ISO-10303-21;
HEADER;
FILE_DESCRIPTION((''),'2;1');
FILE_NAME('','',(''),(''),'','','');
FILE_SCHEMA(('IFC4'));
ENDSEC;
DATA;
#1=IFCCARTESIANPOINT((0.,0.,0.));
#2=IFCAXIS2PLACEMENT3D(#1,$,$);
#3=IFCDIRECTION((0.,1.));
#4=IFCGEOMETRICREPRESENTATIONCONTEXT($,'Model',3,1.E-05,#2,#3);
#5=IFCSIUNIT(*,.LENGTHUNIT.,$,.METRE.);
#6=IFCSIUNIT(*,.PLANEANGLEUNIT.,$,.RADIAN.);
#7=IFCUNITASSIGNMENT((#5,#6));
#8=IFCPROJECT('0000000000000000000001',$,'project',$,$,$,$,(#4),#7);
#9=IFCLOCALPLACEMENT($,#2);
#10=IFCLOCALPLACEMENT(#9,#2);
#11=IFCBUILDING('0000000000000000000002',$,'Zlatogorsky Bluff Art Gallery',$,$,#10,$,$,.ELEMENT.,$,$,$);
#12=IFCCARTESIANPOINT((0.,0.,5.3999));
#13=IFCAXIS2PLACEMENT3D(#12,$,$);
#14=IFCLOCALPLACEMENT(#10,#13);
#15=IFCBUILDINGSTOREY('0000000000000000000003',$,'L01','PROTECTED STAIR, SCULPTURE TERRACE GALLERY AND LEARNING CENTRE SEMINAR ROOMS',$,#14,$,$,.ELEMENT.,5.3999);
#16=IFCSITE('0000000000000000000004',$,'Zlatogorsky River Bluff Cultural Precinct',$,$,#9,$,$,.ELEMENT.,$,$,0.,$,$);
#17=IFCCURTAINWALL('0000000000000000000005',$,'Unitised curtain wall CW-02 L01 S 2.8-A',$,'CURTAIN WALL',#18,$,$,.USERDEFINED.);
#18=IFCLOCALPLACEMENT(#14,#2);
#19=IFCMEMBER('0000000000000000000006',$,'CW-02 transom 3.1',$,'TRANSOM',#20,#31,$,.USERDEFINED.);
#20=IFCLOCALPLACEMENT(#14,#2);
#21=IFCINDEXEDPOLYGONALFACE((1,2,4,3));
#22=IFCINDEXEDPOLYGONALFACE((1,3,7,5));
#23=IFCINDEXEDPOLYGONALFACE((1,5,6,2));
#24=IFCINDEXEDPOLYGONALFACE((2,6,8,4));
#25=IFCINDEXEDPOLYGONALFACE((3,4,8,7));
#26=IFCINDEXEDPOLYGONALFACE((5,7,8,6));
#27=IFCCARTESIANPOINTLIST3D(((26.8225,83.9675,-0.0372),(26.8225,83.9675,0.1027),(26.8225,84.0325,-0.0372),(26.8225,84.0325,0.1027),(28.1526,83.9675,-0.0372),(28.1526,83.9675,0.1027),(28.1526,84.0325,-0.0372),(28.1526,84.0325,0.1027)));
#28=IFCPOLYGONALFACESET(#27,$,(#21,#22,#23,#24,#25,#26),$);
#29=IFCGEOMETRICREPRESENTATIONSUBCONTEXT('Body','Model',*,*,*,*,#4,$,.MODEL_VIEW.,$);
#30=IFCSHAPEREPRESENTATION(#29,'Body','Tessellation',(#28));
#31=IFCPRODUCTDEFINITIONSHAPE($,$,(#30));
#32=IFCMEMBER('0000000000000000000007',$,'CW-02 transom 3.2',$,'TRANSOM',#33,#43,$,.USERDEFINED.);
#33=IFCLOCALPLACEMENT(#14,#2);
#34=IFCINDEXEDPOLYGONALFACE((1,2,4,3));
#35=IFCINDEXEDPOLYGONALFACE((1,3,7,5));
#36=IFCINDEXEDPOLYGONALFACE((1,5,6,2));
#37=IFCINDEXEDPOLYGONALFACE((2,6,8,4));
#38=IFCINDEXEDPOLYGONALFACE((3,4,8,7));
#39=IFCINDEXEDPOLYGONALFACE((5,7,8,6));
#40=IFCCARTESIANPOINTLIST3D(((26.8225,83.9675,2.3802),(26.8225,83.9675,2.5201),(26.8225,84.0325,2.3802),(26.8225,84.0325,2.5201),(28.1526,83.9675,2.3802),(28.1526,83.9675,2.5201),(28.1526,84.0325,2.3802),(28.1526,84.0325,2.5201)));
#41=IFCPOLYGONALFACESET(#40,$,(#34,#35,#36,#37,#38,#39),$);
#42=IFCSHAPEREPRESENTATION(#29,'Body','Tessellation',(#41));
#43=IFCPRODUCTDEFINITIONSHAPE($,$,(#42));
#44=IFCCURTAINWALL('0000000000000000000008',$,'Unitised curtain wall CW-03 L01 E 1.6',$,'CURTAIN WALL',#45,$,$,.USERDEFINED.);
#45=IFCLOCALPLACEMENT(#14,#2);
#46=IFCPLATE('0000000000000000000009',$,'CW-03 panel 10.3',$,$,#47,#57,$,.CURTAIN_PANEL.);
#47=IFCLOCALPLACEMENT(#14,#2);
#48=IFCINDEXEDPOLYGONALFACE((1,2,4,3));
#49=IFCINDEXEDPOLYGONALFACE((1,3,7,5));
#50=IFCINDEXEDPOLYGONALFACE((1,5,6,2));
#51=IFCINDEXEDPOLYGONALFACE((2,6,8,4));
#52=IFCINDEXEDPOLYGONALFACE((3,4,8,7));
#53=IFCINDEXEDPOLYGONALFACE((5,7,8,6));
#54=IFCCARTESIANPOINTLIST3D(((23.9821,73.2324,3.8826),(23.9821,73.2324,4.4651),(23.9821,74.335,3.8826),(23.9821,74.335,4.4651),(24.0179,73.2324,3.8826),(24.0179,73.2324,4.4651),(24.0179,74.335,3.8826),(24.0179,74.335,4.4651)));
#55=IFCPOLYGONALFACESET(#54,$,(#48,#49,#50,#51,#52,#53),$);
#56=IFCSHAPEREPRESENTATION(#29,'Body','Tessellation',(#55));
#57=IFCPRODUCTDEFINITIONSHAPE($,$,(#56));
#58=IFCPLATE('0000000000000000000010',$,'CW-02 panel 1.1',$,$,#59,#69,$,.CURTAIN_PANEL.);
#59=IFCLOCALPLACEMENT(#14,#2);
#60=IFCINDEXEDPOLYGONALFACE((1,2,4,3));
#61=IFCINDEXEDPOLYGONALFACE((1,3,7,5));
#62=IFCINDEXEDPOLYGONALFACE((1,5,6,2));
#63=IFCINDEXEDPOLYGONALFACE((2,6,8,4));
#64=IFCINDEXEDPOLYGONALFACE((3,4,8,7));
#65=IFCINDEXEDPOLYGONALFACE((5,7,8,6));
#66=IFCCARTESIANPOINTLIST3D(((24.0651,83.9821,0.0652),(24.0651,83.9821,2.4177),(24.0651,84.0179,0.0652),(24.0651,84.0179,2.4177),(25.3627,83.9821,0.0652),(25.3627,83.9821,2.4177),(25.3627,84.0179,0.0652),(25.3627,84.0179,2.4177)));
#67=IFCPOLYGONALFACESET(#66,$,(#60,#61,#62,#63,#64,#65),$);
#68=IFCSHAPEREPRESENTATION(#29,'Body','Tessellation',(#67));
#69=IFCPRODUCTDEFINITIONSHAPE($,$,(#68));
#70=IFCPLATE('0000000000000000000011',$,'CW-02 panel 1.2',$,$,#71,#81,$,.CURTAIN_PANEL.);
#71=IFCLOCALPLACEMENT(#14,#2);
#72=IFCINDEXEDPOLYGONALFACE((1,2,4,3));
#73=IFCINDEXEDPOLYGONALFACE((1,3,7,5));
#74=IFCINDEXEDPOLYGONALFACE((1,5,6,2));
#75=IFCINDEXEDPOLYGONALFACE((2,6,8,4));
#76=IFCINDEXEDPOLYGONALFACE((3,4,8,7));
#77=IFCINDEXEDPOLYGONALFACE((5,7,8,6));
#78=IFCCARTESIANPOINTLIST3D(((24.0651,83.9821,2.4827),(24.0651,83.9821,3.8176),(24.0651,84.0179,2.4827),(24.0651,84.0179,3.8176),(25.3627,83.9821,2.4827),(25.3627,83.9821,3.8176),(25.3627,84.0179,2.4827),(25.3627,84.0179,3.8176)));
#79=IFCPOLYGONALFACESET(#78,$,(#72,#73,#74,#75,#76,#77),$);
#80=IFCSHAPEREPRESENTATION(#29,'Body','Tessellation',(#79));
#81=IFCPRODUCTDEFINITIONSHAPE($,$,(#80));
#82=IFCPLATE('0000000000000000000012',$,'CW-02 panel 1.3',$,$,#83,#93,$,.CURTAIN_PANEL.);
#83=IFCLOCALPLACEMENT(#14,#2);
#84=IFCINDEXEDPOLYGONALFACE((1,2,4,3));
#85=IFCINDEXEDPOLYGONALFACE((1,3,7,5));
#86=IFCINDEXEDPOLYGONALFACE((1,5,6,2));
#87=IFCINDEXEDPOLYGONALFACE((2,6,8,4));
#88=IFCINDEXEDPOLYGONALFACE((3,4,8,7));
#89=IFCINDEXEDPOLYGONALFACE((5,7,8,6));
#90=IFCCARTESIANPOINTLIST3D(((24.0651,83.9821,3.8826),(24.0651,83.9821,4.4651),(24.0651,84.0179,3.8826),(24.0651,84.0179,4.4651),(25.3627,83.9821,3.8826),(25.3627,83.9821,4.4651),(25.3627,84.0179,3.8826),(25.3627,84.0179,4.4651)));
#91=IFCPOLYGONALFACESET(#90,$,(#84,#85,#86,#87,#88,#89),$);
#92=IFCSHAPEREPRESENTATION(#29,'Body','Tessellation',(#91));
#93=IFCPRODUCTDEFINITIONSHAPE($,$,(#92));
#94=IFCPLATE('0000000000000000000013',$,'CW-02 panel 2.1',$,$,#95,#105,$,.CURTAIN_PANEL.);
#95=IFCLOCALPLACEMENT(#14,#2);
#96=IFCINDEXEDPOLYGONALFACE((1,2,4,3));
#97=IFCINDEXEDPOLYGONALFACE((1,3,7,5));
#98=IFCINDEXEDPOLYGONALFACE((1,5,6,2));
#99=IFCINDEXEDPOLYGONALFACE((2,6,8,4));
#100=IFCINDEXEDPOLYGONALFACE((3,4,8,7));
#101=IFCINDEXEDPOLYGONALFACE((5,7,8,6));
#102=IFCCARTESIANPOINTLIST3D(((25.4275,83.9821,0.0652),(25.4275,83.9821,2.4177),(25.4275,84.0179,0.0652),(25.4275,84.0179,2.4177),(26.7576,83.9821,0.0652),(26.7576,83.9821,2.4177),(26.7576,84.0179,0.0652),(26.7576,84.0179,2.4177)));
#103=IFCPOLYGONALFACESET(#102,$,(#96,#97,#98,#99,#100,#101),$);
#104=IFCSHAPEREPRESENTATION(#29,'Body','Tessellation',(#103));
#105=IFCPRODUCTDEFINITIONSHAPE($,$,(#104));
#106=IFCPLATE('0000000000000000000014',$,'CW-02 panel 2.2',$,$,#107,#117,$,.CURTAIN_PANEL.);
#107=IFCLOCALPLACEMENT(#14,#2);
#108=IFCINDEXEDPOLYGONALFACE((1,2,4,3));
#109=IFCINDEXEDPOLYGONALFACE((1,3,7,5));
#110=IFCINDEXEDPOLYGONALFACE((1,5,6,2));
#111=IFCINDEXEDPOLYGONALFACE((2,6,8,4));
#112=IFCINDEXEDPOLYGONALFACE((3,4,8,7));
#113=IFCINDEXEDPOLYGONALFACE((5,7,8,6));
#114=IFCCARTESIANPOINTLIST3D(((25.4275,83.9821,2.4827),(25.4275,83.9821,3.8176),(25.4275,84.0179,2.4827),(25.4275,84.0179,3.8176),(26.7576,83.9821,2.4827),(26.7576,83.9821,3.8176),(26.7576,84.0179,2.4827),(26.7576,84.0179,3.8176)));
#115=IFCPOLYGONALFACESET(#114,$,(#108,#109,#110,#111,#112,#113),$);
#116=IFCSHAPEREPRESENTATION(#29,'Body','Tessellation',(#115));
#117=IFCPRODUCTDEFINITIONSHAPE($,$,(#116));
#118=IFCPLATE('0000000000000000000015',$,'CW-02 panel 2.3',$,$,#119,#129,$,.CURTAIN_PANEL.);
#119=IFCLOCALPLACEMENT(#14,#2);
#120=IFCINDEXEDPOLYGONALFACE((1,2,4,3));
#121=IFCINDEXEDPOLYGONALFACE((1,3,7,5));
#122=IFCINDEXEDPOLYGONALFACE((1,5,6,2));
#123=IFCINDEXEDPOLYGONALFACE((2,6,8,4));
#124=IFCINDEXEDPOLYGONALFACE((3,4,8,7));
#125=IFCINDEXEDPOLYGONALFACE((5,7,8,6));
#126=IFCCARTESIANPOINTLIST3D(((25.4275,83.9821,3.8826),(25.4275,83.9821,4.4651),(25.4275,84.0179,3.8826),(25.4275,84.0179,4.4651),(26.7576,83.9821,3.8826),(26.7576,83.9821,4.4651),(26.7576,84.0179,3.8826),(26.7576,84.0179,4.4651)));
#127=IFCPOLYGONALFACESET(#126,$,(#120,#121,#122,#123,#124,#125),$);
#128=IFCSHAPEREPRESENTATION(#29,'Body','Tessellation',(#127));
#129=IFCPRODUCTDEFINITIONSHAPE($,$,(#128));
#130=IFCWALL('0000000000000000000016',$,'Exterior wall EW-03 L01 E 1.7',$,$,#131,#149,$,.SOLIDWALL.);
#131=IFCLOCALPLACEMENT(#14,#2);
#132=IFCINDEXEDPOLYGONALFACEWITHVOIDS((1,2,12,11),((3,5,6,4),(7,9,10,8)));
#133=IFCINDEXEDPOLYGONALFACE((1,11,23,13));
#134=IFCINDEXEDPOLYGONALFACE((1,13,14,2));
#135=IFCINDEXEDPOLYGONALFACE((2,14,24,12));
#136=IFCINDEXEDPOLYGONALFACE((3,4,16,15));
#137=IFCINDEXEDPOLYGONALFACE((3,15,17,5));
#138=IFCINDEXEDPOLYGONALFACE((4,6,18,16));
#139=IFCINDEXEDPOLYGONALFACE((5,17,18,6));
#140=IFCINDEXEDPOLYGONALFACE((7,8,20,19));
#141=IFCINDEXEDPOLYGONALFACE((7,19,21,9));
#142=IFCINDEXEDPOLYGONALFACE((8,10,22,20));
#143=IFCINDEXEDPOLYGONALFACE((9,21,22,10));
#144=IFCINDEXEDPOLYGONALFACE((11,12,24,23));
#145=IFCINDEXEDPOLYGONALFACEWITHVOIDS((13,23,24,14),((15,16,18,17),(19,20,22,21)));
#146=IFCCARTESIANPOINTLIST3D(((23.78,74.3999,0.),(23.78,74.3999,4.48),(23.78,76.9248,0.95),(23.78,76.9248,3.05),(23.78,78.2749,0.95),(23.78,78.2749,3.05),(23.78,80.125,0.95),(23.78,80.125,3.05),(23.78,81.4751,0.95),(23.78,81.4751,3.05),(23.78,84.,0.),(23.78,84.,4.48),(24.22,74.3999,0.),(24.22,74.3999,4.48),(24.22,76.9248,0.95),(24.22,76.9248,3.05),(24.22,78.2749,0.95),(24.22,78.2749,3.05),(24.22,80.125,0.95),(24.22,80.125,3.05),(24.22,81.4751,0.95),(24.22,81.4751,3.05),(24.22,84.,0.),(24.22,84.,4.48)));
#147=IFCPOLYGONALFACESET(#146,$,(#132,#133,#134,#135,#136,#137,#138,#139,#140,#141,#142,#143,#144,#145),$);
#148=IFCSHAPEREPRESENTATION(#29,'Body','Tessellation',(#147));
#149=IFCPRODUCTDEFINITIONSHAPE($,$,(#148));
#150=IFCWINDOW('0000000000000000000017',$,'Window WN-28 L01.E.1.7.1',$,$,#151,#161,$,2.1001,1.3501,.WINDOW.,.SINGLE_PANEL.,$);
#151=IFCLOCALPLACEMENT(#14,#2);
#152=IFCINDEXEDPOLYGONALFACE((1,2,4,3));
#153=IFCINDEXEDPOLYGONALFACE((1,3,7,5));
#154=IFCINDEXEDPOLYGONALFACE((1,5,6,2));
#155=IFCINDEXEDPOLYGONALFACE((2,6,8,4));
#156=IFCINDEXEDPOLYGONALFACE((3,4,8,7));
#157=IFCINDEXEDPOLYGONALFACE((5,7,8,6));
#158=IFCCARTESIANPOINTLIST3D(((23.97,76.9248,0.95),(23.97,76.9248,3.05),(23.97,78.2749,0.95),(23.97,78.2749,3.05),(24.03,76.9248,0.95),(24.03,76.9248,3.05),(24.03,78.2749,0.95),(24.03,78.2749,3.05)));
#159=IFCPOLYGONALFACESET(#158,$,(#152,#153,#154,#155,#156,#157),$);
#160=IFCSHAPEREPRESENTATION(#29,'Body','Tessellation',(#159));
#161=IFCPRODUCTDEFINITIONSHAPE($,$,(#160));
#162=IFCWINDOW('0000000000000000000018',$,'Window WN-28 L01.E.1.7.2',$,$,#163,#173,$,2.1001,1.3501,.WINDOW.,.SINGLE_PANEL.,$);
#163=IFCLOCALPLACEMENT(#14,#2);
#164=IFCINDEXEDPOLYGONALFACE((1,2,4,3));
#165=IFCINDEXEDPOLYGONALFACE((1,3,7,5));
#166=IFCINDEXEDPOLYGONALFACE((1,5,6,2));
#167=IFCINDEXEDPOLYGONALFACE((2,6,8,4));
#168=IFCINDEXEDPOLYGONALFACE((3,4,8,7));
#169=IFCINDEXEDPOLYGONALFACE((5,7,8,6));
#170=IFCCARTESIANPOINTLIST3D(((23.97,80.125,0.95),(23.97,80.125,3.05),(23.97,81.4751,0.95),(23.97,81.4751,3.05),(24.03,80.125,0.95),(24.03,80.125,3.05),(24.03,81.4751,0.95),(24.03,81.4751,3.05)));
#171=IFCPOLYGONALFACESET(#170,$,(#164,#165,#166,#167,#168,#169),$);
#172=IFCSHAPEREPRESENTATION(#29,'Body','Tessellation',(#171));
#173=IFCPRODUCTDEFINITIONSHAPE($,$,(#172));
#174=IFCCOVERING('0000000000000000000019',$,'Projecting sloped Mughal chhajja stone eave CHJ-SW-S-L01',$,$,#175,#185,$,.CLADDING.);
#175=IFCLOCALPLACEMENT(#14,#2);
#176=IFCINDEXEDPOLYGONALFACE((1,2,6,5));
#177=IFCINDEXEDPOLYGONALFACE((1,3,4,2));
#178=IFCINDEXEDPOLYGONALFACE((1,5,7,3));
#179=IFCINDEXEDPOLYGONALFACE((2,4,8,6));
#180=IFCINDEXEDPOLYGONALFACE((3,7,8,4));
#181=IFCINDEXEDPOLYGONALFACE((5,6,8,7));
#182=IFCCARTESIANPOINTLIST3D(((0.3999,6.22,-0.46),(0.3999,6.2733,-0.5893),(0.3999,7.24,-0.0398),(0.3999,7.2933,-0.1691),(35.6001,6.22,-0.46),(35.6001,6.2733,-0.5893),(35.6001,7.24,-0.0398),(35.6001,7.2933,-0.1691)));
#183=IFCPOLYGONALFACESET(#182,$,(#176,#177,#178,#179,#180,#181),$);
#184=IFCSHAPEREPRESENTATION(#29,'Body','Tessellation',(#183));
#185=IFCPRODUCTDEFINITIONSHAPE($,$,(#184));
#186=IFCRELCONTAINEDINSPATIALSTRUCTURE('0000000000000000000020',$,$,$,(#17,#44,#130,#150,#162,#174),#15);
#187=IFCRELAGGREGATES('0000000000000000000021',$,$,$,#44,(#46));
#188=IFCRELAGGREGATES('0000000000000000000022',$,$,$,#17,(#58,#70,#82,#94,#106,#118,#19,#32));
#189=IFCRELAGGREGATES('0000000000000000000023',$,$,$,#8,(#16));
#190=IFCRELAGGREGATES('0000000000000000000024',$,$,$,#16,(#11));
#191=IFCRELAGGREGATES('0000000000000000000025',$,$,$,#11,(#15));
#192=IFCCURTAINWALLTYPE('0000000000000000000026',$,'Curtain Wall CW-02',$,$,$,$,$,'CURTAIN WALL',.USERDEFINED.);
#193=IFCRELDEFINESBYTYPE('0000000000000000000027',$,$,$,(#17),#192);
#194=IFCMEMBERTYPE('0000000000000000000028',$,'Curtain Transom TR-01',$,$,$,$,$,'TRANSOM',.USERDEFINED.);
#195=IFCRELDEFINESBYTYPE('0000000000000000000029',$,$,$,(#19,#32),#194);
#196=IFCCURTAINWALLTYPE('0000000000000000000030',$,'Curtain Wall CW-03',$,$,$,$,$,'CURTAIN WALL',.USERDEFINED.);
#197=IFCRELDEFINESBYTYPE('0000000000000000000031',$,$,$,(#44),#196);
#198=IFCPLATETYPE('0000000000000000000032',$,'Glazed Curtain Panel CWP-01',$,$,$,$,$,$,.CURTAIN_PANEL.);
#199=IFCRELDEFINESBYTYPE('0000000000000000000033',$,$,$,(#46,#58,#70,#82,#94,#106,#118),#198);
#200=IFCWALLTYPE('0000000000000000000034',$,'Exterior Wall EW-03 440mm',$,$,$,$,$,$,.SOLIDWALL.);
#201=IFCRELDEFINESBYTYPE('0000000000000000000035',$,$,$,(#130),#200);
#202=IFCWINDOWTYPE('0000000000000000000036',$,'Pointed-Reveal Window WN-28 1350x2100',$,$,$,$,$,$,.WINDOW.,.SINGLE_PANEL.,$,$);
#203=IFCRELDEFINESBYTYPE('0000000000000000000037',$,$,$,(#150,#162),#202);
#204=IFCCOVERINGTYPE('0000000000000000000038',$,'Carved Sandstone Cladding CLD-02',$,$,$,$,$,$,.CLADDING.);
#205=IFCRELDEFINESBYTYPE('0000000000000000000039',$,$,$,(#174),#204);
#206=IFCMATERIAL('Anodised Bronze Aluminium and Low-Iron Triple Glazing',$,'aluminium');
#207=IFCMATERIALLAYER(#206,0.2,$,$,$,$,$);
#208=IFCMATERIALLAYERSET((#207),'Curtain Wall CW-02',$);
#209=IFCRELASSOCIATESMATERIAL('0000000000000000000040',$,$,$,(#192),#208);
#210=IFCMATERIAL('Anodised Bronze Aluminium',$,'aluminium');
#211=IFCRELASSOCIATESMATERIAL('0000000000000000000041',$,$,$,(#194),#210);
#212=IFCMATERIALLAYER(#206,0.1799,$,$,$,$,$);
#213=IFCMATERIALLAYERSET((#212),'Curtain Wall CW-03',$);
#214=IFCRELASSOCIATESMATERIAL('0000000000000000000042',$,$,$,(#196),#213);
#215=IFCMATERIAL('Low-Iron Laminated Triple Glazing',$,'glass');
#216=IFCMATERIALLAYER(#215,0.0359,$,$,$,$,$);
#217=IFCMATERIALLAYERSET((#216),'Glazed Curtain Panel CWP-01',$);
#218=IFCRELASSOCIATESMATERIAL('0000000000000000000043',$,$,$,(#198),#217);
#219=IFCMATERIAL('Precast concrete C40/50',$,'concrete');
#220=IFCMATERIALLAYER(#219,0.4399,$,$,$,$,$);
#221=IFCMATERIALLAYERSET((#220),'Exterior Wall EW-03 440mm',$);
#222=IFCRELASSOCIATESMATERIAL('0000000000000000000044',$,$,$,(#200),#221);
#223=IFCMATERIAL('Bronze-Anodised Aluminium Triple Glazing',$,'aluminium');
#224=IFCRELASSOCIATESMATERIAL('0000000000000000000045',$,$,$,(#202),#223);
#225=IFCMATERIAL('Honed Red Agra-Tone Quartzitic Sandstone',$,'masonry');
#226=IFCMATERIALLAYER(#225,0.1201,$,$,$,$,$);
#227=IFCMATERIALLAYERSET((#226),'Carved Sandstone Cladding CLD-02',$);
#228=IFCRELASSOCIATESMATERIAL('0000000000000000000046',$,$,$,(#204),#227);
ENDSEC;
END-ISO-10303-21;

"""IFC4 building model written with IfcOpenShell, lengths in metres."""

from ifc_helpers import new_model, si_unit, direction, frame, frame_2d, origin, origin_2d, place, context, subcontext, project, spatial, polyline, rectangle, outline, extrude, material, layer, layer_set, material_profile, profile_set, type_object, element, fill, aggregate, save


model = new_model("IFC4")

# Units and contexts
model_context = context("Model", 3, precision=1e-05, world=origin(), true_north=direction((0.0, 1.0)))
body_context = subcontext(model_context, "Body", "Model", "MODEL_VIEW")
ifc_project = project(units=[si_unit("LENGTHUNIT", "METRE"), si_unit("PLANEANGLEUNIT", "RADIAN")], contexts=[model_context])

# Site, building, storey
site_placement = place(None, origin())
site = spatial("IfcSite", under=ifc_project, at=site_placement, Name="Zlatogorsky River Bluff Cultural Precinct", CompositionType="ELEMENT", RefElevation=0.0)
building_placement = place(site_placement, origin())
building = spatial("IfcBuilding", under=site, at=building_placement, Name="Zlatogorsky Bluff Art Gallery", CompositionType="ELEMENT")
storey_placement = place(building_placement, frame((0.0, 0.0, 5.3999)))
storey = spatial("IfcBuildingStorey", under=building, at=storey_placement, Name="L01", Description="PROTECTED STAIR, SCULPTURE TERRACE GALLERY AND LEARNING CENTRE SEMINAR ROOMS", CompositionType="ELEMENT", Elevation=5.3999)

# Curtain wall, members
ifc_material_1 = material(Name="Anodised Bronze Aluminium and Low-Iron Triple Glazing", Category="aluminium")
ifc_layer_1 = layer(ifc_material_1, 0.2)
ifc_layer_set_1 = layer_set([ifc_layer_1], Name="Curtain Wall CW-02")
curtain_wall_type_1 = type_object("IfcCurtainWallType", Name="Curtain Wall CW-02", ElementType="CURTAIN WALL", PredefinedType="USERDEFINED", material=ifc_layer_set_1)
curtain_wall_1_placement = place(storey_placement, origin())
curtain_wall_1 = element("IfcCurtainWall", 1, at=curtain_wall_1_placement, inside=storey, type_object=curtain_wall_type_1, Name="Unitised curtain wall CW-02 L01 S 2.8-A", ObjectType="CURTAIN WALL", PredefinedType="USERDEFINED")
ifc_material_2 = material(Name="Anodised Bronze Aluminium", Category="aluminium")
ifc_material_profile_1 = material_profile(ifc_material_2, rectangle(XDim=0.0649, YDim=0.1399, at=origin_2d()), Name="ALU TRANSOM 65x140")
ifc_profile_set_1 = profile_set([ifc_material_profile_1], Name="Anodised Bronze Aluminium")
member_type_1 = type_object("IfcMemberType", Name="Curtain Transom TR-01", ElementType="TRANSOM", PredefinedType="USERDEFINED", material=ifc_profile_set_1)
member_1_placement = place(storey_placement, frame((26.8225, 84.0, 0.0327), z_axis=(1.0, 0.0, 0.0), x_axis=(0.0, 1.0, 0.0)))
member_1 = element("IfcMember", 2, at=member_1_placement, type_object=member_type_1, Name="CW-02 transom 3.1", ObjectType="TRANSOM", PredefinedType="USERDEFINED", context=body_context, shape_type="SweptSolid", body=[
    extrude(rectangle(XDim=0.0649, YDim=0.1399, at=origin_2d()), origin(), (0.0, 0.0, 1.0), 1.3301),
])
member_2_placement = place(storey_placement, frame((26.8225, 84.0, 2.4502), z_axis=(1.0, 0.0, 0.0), x_axis=(0.0, 1.0, 0.0)))
member_2 = element("IfcMember", 3, at=member_2_placement, type_object=member_type_1, Name="CW-02 transom 3.2", ObjectType="TRANSOM", PredefinedType="USERDEFINED", context=body_context, shape_type="SweptSolid", body=[
    extrude(rectangle(XDim=0.0649, YDim=0.1399, at=origin_2d()), origin(), (0.0, 0.0, 1.0), 1.3301),
])

# Curtain wall, plate
ifc_layer_2 = layer(ifc_material_1, 0.1799)
ifc_layer_set_2 = layer_set([ifc_layer_2], Name="Curtain Wall CW-03")
curtain_wall_type_2 = type_object("IfcCurtainWallType", Name="Curtain Wall CW-03", ElementType="CURTAIN WALL", PredefinedType="USERDEFINED", material=ifc_layer_set_2)
curtain_wall_2_placement = place(storey_placement, origin())
curtain_wall_2 = element("IfcCurtainWall", 4, at=curtain_wall_2_placement, inside=storey, type_object=curtain_wall_type_2, Name="Unitised curtain wall CW-03 L01 E 1.6", ObjectType="CURTAIN WALL", PredefinedType="USERDEFINED")
ifc_material_3 = material(Name="Low-Iron Laminated Triple Glazing", Category="glass")
ifc_layer_3 = layer(ifc_material_3, 0.0359)
ifc_layer_set_3 = layer_set([ifc_layer_3], Name="Glazed Curtain Panel CWP-01")
plate_type = type_object("IfcPlateType", Name="Glazed Curtain Panel CWP-01", PredefinedType="CURTAIN_PANEL", material=ifc_layer_set_3)
plate_1_placement = place(storey_placement, frame((24.0, 73.7837, 3.8826), z_axis=(0.0, 0.0, 1.0), x_axis=(0.0, 1.0, 0.0)))
plate_1 = element("IfcPlate", 5, at=plate_1_placement, type_object=plate_type, Name="CW-03 panel 10.3", PredefinedType="CURTAIN_PANEL", context=body_context, shape_type="SweptSolid", body=[
    extrude(rectangle(XDim=1.1025, YDim=0.0359, at=origin_2d()), origin(), (0.0, 0.0, 1.0), 0.5825),
])
aggregate(curtain_wall_2, [plate_1])

# Plates
plate_2_placement = place(storey_placement, frame((24.7139, 84.0, 0.0652), z_axis=(0.0, 0.0, 1.0), x_axis=(1.0, 0.0, 0.0)))
plate_2 = element("IfcPlate", 6, at=plate_2_placement, type_object=plate_type, Name="CW-02 panel 1.1", PredefinedType="CURTAIN_PANEL", context=body_context, shape_type="SweptSolid", body=[
    extrude(rectangle(XDim=1.2976, YDim=0.0359, at=origin_2d()), origin(), (0.0, 0.0, 1.0), 2.3525),
])
plate_3_placement = place(storey_placement, frame((24.7139, 84.0, 2.4827), z_axis=(0.0, 0.0, 1.0), x_axis=(1.0, 0.0, 0.0)))
plate_3 = element("IfcPlate", 7, at=plate_3_placement, type_object=plate_type, Name="CW-02 panel 1.2", PredefinedType="CURTAIN_PANEL", context=body_context, shape_type="SweptSolid", body=[
    extrude(rectangle(XDim=1.2976, YDim=0.0359, at=origin_2d()), origin(), (0.0, 0.0, 1.0), 1.335),
])
plate_4_placement = place(storey_placement, frame((24.7139, 84.0, 3.8826), z_axis=(0.0, 0.0, 1.0), x_axis=(1.0, 0.0, 0.0)))
plate_4 = element("IfcPlate", 8, at=plate_4_placement, type_object=plate_type, Name="CW-02 panel 1.3", PredefinedType="CURTAIN_PANEL", context=body_context, shape_type="SweptSolid", body=[
    extrude(rectangle(XDim=1.2976, YDim=0.0359, at=origin_2d()), origin(), (0.0, 0.0, 1.0), 0.5825),
])
plate_5_placement = place(storey_placement, frame((26.0925, 84.0, 0.0652), z_axis=(0.0, 0.0, 1.0), x_axis=(1.0, 0.0, 0.0)))
plate_5 = element("IfcPlate", 9, at=plate_5_placement, type_object=plate_type, Name="CW-02 panel 2.1", PredefinedType="CURTAIN_PANEL", context=body_context, shape_type="SweptSolid", body=[
    extrude(rectangle(XDim=1.3301, YDim=0.0359, at=origin_2d()), origin(), (0.0, 0.0, 1.0), 2.3525),
])
plate_6_placement = place(storey_placement, frame((26.0925, 84.0, 2.4827), z_axis=(0.0, 0.0, 1.0), x_axis=(1.0, 0.0, 0.0)))
plate_6 = element("IfcPlate", 10, at=plate_6_placement, type_object=plate_type, Name="CW-02 panel 2.2", PredefinedType="CURTAIN_PANEL", context=body_context, shape_type="SweptSolid", body=[
    extrude(rectangle(XDim=1.3301, YDim=0.0359, at=origin_2d()), origin(), (0.0, 0.0, 1.0), 1.335),
])
plate_7_placement = place(storey_placement, frame((26.0925, 84.0, 3.8826), z_axis=(0.0, 0.0, 1.0), x_axis=(1.0, 0.0, 0.0)))
plate_7 = element("IfcPlate", 11, at=plate_7_placement, type_object=plate_type, Name="CW-02 panel 2.3", PredefinedType="CURTAIN_PANEL", context=body_context, shape_type="SweptSolid", body=[
    extrude(rectangle(XDim=1.3301, YDim=0.0359, at=origin_2d()), origin(), (0.0, 0.0, 1.0), 0.5825),
])
aggregate(curtain_wall_1, [plate_2, plate_3, plate_4, plate_5, plate_6, plate_7, member_1, member_2])

# Wall, openings, windows
ifc_material_4 = material(Name="Precast concrete C40/50", Category="concrete")
ifc_layer_4 = layer(ifc_material_4, 0.4399)
ifc_layer_set_4 = layer_set([ifc_layer_4], Name="Exterior Wall EW-03 440mm")
wall_type = type_object("IfcWallType", Name="Exterior Wall EW-03 440mm", PredefinedType="SOLIDWALL", material=ifc_layer_set_4)
wall_placement = place(storey_placement, frame((24.0, 74.3999, 0.0), z_axis=(0.0, 0.0, 1.0), x_axis=(0.0, 1.0, 0.0)))
wall = element("IfcWall", 12, at=wall_placement, inside=storey, type_object=wall_type, Name="Exterior wall EW-03 L01 E 1.7", PredefinedType="SOLIDWALL", context=body_context, shape_type="SweptSolid", body=[
    extrude(rectangle(XDim=9.6001, YDim=0.4399, at=frame_2d((4.8, 0.0))), origin(), (0.0, 0.0, 1.0), 4.48),
])
opening_1_placement = place(wall_placement, frame((2.5249, 0.0, 0.95)))
opening_1 = element("IfcOpeningElement", 13, at=opening_1_placement, cuts=wall, PredefinedType="OPENING", context=body_context, shape_type="SweptSolid", body=[
    extrude(rectangle(XDim=1.3501, YDim=2.1001, at=frame_2d((0.675, 1.05))), frame((0.0, 0.23, 0.0), z_axis=(0.0, -1.0, 0.0), x_axis=(1.0, 0.0, 0.0)), (0.0, 0.0, 1.0), 0.46),
])
opening_2_placement = place(wall_placement, frame((5.7251, 0.0, 0.95)))
opening_2 = element("IfcOpeningElement", 14, at=opening_2_placement, cuts=wall, PredefinedType="OPENING", context=body_context, shape_type="SweptSolid", body=[
    extrude(rectangle(XDim=1.3501, YDim=2.1001, at=frame_2d((0.675, 1.05))), frame((0.0, 0.23, 0.0), z_axis=(0.0, -1.0, 0.0), x_axis=(1.0, 0.0, 0.0)), (0.0, 0.0, 1.0), 0.46),
])
ifc_material_5 = material(Name="Bronze-Anodised Aluminium Triple Glazing", Category="aluminium")
window_type = type_object("IfcWindowType", Name="Pointed-Reveal Window WN-28 1350x2100", PartitioningType="SINGLE_PANEL", PredefinedType="WINDOW", material=ifc_material_5)
window_1_placement = place(opening_1_placement, origin())
window_1 = element("IfcWindow", 15, at=window_1_placement, inside=storey, type_object=window_type, Name="Window WN-28 L01.E.1.7.1", OverallHeight=2.1001, OverallWidth=1.3501, PartitioningType="SINGLE_PANEL", PredefinedType="WINDOW", context=body_context, shape_type="SweptSolid", body=[
    extrude(rectangle(XDim=1.3501, YDim=2.1001, at=frame_2d((0.675, 1.05))), frame((0.0, 0.03, 0.0), z_axis=(0.0, -1.0, 0.0), x_axis=(1.0, 0.0, 0.0)), (0.0, 0.0, 1.0), 0.0601),
])
fill(opening_1, window_1)
window_2_placement = place(opening_2_placement, origin())
window_2 = element("IfcWindow", 16, at=window_2_placement, inside=storey, type_object=window_type, Name="Window WN-28 L01.E.1.7.2", OverallHeight=2.1001, OverallWidth=1.3501, PartitioningType="SINGLE_PANEL", PredefinedType="WINDOW", context=body_context, shape_type="SweptSolid", body=[
    extrude(rectangle(XDim=1.3501, YDim=2.1001, at=frame_2d((0.675, 1.05))), frame((0.0, 0.03, 0.0), z_axis=(0.0, -1.0, 0.0), x_axis=(1.0, 0.0, 0.0)), (0.0, 0.0, 1.0), 0.0601),
])
fill(opening_2, window_2)

# Covering
ifc_material_6 = material(Name="Honed Red Agra-Tone Quartzitic Sandstone", Category="masonry")
ifc_layer_5 = layer(ifc_material_6, 0.1201)
ifc_layer_set_5 = layer_set([ifc_layer_5], Name="Carved Sandstone Cladding CLD-02")
covering_type = type_object("IfcCoveringType", Name="Carved Sandstone Cladding CLD-02", PredefinedType="CLADDING", material=ifc_layer_set_5)
covering_1_placement = place(storey_placement, frame((35.6001, 7.24, -0.0398), z_axis=(0.0, -0.380872, 0.924628), x_axis=(-1.0, 0.0, 0.0)))
element("IfcCovering", 17, at=covering_1_placement, inside=storey, type_object=covering_type, Name="Projecting sloped Mughal chhajja stone eave CHJ-SW-S-L01", PredefinedType="CLADDING", context=body_context, shape_type="SweptSolid", body=[
    extrude(outline(polyline([(0.0, 0.0), (35.2002, 0.0), (35.2002, 1.1032), (0.0, 1.1032), (0.0, 0.0)])), origin(), (0.0, 0.0, -1.0), 0.1399),
])

save(model, "model.ifc")
